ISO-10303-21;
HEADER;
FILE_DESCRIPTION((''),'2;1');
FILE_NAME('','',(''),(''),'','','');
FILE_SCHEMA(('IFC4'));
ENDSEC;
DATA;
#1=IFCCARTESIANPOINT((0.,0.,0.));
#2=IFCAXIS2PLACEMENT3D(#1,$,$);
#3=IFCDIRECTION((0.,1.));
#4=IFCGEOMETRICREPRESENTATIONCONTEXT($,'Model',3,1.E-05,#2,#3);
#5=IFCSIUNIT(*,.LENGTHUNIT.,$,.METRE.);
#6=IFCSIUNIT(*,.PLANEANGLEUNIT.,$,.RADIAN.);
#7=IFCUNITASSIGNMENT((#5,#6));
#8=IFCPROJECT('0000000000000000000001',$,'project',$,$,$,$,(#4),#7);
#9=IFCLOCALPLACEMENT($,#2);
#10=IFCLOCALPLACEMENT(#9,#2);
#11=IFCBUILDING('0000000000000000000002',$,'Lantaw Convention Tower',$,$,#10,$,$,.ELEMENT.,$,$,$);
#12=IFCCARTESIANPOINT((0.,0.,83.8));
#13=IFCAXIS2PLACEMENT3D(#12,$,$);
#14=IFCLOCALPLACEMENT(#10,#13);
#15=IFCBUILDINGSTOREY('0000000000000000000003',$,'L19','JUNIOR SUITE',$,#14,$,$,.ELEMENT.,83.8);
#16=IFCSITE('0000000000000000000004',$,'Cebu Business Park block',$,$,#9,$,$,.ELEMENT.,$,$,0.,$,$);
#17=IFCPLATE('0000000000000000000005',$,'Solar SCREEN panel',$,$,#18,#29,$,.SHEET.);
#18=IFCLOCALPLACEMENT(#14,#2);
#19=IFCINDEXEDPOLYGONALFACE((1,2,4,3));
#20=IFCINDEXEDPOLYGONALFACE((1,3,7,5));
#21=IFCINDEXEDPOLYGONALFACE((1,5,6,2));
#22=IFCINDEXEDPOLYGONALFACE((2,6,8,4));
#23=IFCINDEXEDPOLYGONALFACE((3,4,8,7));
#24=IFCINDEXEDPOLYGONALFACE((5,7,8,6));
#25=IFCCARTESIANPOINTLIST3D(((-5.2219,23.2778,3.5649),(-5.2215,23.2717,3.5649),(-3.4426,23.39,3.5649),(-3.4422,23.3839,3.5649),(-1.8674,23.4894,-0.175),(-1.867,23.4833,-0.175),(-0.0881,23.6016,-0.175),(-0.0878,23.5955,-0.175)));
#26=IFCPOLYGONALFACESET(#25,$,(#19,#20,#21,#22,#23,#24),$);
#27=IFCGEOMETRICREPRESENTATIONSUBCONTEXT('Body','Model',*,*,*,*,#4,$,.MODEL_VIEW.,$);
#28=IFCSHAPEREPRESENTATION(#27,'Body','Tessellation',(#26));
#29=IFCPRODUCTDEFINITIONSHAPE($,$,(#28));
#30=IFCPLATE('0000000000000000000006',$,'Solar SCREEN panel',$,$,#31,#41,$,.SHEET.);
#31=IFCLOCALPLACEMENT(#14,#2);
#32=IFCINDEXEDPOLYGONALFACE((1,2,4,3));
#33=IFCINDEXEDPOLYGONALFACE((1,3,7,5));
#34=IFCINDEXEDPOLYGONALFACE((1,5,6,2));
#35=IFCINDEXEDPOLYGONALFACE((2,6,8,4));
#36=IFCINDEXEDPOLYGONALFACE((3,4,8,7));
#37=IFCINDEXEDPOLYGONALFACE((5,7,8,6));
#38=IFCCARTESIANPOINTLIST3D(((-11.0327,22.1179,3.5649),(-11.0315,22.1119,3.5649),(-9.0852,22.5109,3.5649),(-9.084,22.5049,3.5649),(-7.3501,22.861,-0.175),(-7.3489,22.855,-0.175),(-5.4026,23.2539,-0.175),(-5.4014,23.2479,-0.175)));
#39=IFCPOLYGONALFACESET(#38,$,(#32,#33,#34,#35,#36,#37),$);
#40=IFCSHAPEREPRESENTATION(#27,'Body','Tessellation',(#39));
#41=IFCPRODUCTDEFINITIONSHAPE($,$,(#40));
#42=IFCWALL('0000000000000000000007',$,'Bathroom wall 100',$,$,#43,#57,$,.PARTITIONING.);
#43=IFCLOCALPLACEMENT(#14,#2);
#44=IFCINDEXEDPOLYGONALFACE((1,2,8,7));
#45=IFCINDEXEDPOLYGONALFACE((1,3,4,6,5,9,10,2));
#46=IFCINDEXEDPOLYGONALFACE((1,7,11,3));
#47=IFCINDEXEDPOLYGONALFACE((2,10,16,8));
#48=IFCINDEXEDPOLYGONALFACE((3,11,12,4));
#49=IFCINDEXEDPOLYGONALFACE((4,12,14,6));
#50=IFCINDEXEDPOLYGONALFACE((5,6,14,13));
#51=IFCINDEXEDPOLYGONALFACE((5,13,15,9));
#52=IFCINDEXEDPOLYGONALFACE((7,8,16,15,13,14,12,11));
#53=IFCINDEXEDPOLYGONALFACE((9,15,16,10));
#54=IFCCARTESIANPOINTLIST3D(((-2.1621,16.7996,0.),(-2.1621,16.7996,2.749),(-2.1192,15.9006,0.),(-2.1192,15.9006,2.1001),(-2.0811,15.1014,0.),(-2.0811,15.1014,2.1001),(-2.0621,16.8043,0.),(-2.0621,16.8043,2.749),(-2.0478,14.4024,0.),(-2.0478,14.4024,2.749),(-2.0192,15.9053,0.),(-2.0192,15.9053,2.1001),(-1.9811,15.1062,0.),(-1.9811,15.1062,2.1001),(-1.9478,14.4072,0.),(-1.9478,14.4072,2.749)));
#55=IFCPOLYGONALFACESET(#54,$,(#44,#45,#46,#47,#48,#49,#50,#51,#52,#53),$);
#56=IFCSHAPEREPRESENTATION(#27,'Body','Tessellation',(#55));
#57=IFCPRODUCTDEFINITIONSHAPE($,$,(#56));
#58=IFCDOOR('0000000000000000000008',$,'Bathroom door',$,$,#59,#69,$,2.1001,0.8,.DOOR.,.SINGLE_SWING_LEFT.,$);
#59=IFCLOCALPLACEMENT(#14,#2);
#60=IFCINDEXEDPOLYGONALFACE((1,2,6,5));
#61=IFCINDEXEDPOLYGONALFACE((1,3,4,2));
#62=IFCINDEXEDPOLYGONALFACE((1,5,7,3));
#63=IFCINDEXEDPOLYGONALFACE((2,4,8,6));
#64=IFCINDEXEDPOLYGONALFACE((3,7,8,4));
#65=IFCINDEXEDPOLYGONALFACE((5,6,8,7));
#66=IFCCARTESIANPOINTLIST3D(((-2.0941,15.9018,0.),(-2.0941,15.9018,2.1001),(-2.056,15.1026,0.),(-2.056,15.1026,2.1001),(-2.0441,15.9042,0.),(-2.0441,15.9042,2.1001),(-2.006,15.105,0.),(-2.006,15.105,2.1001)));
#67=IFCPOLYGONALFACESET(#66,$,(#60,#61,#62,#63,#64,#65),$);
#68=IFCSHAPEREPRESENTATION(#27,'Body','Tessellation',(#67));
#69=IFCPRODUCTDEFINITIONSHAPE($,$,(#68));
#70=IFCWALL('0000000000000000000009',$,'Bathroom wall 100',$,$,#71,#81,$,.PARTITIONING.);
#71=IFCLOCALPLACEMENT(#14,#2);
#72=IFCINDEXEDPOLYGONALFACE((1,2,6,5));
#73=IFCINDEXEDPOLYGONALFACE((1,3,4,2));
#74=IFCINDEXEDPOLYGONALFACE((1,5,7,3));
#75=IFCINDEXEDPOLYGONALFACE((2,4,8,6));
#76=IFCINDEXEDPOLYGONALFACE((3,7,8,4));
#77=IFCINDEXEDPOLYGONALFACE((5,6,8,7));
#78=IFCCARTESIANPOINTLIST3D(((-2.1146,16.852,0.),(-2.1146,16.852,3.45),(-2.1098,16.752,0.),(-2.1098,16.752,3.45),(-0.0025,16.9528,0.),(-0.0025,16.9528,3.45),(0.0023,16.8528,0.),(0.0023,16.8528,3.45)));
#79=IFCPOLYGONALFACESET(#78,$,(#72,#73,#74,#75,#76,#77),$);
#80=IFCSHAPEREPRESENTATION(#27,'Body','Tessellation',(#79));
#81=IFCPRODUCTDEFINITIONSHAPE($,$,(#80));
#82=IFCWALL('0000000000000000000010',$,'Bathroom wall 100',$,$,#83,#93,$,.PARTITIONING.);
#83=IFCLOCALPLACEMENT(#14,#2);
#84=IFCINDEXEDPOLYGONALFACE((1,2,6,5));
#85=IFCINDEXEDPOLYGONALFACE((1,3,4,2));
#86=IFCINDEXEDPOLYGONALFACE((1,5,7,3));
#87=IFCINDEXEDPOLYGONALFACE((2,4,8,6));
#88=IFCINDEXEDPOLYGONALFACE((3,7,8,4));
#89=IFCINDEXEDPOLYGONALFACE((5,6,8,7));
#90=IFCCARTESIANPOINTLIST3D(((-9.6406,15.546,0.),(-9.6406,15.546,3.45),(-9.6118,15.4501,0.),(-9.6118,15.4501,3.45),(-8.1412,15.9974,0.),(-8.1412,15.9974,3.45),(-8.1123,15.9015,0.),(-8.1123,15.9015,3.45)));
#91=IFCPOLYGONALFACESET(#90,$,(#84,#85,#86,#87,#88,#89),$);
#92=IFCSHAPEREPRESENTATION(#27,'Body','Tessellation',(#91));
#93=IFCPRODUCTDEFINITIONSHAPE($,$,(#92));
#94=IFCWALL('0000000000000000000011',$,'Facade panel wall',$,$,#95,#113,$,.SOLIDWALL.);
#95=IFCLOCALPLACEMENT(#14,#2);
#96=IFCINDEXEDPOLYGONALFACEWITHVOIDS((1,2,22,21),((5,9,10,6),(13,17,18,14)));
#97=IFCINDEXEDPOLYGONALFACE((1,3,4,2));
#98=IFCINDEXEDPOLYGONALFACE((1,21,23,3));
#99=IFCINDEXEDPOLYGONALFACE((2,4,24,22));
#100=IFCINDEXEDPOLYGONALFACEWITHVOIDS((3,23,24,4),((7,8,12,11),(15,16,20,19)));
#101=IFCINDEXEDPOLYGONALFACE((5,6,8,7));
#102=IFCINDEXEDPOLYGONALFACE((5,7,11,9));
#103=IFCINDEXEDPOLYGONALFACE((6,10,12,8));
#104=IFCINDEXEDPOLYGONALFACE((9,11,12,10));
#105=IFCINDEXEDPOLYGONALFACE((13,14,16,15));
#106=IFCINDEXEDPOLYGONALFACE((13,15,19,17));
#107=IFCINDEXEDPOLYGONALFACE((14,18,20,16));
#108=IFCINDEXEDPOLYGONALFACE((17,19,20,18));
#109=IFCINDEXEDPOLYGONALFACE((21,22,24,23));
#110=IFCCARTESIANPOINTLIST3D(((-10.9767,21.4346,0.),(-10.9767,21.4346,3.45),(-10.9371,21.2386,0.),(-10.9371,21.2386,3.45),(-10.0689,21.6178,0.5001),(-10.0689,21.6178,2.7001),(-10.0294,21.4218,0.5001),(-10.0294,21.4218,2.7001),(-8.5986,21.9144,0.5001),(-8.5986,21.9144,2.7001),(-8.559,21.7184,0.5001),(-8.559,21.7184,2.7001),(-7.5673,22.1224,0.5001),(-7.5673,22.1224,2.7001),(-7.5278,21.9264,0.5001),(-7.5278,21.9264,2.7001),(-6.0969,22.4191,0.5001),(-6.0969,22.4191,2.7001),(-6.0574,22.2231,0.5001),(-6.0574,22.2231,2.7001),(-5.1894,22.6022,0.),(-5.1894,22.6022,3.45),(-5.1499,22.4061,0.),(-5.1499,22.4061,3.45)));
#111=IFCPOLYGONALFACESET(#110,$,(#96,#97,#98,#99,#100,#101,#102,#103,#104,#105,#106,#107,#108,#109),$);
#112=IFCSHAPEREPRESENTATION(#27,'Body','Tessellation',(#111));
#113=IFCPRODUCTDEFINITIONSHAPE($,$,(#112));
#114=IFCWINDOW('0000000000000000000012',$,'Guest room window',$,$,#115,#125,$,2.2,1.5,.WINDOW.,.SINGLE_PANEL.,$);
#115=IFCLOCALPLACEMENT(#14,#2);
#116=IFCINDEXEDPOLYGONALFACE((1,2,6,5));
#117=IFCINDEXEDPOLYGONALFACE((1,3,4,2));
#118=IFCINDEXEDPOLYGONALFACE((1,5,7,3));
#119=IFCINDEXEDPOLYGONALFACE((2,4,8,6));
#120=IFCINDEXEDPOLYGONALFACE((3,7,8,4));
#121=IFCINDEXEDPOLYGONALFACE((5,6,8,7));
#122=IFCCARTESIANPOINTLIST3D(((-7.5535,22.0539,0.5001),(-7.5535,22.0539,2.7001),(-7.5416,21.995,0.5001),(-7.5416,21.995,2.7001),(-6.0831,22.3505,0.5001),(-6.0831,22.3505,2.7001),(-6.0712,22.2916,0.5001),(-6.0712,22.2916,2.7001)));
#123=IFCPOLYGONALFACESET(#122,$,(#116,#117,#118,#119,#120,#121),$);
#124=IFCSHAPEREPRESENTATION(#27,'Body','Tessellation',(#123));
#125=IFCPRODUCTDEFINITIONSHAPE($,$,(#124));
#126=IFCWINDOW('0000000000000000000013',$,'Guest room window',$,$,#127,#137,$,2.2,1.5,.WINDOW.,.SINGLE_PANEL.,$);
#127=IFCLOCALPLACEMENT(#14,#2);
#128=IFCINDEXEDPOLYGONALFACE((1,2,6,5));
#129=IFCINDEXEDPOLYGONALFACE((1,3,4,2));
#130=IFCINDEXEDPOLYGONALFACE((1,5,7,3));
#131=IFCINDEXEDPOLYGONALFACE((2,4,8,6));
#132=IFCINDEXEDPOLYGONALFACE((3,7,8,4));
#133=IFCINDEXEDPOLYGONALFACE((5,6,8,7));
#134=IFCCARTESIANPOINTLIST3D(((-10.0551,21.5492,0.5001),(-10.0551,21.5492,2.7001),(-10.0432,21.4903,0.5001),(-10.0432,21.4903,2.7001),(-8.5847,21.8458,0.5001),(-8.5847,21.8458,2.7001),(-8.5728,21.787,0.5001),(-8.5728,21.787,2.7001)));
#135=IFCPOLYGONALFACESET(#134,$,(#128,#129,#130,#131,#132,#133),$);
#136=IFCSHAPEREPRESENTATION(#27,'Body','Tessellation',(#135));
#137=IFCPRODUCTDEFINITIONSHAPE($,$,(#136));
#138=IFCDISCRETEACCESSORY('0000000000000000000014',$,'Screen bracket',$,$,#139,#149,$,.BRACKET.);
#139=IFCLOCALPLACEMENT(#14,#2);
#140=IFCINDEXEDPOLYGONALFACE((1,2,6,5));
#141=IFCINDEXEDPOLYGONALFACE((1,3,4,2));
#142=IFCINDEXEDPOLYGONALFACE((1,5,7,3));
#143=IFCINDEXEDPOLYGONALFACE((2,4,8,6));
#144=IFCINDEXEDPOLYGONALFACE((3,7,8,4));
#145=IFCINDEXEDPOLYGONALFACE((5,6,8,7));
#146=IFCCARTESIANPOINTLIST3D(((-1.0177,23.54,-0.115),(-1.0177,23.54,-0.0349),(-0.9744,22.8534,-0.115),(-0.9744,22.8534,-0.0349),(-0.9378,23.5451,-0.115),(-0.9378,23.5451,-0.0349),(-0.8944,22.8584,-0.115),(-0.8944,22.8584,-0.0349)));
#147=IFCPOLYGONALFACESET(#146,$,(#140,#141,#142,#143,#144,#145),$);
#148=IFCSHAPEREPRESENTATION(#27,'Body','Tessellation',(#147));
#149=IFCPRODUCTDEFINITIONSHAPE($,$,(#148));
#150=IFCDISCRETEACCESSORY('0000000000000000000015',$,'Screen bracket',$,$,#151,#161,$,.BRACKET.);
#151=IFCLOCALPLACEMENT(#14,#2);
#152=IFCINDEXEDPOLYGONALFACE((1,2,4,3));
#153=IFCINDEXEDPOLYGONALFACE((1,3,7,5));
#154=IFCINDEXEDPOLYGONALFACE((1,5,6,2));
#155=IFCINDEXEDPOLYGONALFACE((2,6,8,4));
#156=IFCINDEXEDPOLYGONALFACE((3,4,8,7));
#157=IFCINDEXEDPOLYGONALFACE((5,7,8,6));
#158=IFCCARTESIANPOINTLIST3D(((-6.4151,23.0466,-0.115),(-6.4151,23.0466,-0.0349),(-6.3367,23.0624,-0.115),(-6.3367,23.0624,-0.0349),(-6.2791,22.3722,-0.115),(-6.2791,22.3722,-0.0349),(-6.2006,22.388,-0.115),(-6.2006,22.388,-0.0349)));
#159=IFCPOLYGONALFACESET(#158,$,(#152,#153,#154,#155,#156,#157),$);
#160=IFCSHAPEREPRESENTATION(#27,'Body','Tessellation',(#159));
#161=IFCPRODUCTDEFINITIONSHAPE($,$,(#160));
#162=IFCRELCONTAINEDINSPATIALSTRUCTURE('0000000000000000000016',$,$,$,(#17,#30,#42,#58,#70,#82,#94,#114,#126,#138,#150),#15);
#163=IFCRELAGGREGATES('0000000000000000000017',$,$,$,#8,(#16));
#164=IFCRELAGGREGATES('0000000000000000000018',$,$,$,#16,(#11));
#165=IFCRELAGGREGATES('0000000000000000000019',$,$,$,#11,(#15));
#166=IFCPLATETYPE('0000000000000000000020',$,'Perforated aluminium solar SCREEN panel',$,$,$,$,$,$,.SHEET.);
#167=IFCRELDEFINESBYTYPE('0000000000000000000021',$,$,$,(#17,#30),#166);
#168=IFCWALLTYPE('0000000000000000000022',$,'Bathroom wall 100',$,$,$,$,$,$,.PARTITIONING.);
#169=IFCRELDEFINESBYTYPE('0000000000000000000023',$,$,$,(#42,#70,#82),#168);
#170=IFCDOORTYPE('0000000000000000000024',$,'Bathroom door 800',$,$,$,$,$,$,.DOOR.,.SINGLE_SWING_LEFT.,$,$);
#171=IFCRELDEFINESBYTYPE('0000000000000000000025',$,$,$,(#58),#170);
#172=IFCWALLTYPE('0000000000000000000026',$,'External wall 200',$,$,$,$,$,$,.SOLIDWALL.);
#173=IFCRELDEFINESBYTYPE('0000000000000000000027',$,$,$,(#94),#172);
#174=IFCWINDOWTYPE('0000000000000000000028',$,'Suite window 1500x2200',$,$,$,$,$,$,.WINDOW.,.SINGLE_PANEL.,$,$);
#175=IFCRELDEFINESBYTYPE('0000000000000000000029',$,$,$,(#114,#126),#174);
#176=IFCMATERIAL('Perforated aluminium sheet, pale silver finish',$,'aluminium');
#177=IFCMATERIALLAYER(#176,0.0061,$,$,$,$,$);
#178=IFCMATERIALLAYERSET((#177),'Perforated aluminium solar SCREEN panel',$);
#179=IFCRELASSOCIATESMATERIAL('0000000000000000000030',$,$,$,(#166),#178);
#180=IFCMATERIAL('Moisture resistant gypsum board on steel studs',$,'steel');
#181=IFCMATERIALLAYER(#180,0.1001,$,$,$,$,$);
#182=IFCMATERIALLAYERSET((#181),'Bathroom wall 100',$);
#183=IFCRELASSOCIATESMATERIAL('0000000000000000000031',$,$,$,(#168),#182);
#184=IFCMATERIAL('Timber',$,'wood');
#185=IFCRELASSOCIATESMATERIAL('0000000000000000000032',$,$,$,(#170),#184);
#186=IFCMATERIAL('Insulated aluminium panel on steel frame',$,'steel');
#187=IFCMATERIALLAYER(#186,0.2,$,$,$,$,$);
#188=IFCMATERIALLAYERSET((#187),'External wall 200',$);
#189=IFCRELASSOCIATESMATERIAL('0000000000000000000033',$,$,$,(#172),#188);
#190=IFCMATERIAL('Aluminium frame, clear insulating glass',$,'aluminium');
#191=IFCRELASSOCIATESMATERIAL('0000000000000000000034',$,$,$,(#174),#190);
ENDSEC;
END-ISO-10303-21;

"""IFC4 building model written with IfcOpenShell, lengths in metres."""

from ifc_helpers import new_model, si_unit, direction, frame, frame_2d, origin, origin_2d, place, context, subcontext, project, spatial, polyline, rectangle, outline, extrude, material, layer, layer_set, type_object, element, fill, save


model = new_model("IFC4")

# Units and contexts
model_context = context("Model", 3, precision=1e-05, world=origin(), true_north=direction((0.0, 1.0)))
body_context = subcontext(model_context, "Body", "Model", "MODEL_VIEW")
ifc_project = project(units=[si_unit("LENGTHUNIT", "METRE"), si_unit("PLANEANGLEUNIT", "RADIAN")], contexts=[model_context])

# Site, building, storey
site_placement = place(None, origin())
site = spatial("IfcSite", under=ifc_project, at=site_placement, Name="Cebu Business Park block", CompositionType="ELEMENT", RefElevation=0.0)
building_placement = place(site_placement, origin())
building = spatial("IfcBuilding", under=site, at=building_placement, Name="Lantaw Convention Tower", CompositionType="ELEMENT")
storey_placement = place(building_placement, frame((0.0, 0.0, 83.8)))
storey = spatial("IfcBuildingStorey", under=building, at=storey_placement, Name="L19", Description="JUNIOR SUITE", CompositionType="ELEMENT", Elevation=83.8)

# Plates
ifc_material_1 = material(Name="Perforated aluminium sheet, pale silver finish", Category="aluminium")
ifc_layer_1 = layer(ifc_material_1, 0.0061)
ifc_layer_set_1 = layer_set([ifc_layer_1], Name="Perforated aluminium solar SCREEN panel")
plate_type = type_object("IfcPlateType", Name="Perforated aluminium solar SCREEN panel", PredefinedType="SHEET", material=ifc_layer_set_1)
plate_1_placement = place(storey_placement, frame((-0.0881, 23.6016, -0.175), z_axis=(-0.062924, 0.998018, 0.000014), x_axis=(-0.998018, -0.062924, 0.0)))
element("IfcPlate", 1, at=plate_1_placement, inside=storey, type_object=plate_type, Name="Solar SCREEN panel", PredefinedType="SHEET", context=body_context, shape_type="SweptSolid", body=[
    extrude(outline(polyline([(0.0, 0.0), (1.7828, 0.0), (5.144, 3.74), (3.3611, 3.74), (0.0, 0.0)])), origin(), (0.0, 0.0, -1.0), 0.0061),
])
plate_2_placement = place(storey_placement, frame((-5.4026, 23.2539, -0.175), z_axis=(-0.197782, 0.980246, 0.000002), x_axis=(-0.980246, -0.197782, 0.0)))
element("IfcPlate", 2, at=plate_2_placement, inside=storey, type_object=plate_type, Name="Solar SCREEN panel", PredefinedType="SHEET", context=body_context, shape_type="SweptSolid", body=[
    extrude(outline(polyline([(0.0, 0.0), (1.9867, 0.0), (5.7436, 3.74), (3.7568, 3.74), (0.0, 0.0)])), origin(), (0.0, 0.0, -1.0), 0.0061),
])

# Wall, opening, door
ifc_material_2 = material(Name="Moisture resistant gypsum board on steel studs", Category="steel")
ifc_layer_2 = layer(ifc_material_2, 0.1001)
ifc_layer_set_2 = layer_set([ifc_layer_2], Name="Bathroom wall 100")
wall_type_1 = type_object("IfcWallType", Name="Bathroom wall 100", PredefinedType="PARTITIONING", material=ifc_layer_set_2)
wall_1_placement = place(storey_placement, frame((-1.9978, 14.4048, 0.0), z_axis=(0.0, 0.0, 1.0), x_axis=(-0.047609, 0.998866, 0.0)))
wall_1 = element("IfcWall", 3, at=wall_1_placement, inside=storey, type_object=wall_type_1, Name="Bathroom wall 100", PredefinedType="PARTITIONING", context=body_context, shape_type="SweptSolid", body=[
    extrude(rectangle(XDim=2.3999, YDim=0.1001, at=frame_2d((1.2, 0.0))), origin(), (0.0, 0.0, 1.0), 2.749),
])
opening_1_placement = place(wall_1_placement, frame((0.7, 0.0, 0.0)))
opening_1 = element("IfcOpeningElement", 4, at=opening_1_placement, cuts=wall_1, PredefinedType="OPENING", context=body_context, shape_type="SweptSolid", body=[
    extrude(rectangle(XDim=0.8, YDim=2.1001, at=frame_2d((0.3999, 1.05))), frame((0.0, 0.0601, 0.0), z_axis=(0.0, -1.0, 0.0), x_axis=(1.0, 0.0, 0.0)), (0.0, 0.0, 1.0), 0.1201),
])
ifc_material_3 = material(Name="Timber", Category="wood")
door_type = type_object("IfcDoorType", Name="Bathroom door 800", OperationType="SINGLE_SWING_LEFT", PredefinedType="DOOR", material=ifc_material_3)
door_placement = place(opening_1_placement, origin())
door = element("IfcDoor", 5, at=door_placement, inside=storey, type_object=door_type, Name="Bathroom door", OperationType="SINGLE_SWING_LEFT", OverallHeight=2.1001, OverallWidth=0.8, PredefinedType="DOOR", context=body_context, shape_type="SweptSolid", body=[
    extrude(rectangle(XDim=0.8, YDim=2.1001, at=frame_2d((0.3999, 1.05))), frame((0.0, 0.0249, 0.0), z_axis=(0.0, -1.0, 0.0), x_axis=(1.0, 0.0, 0.0)), (0.0, 0.0, 1.0), 0.05),
])
fill(opening_1, door)

# Walls
wall_2_placement = place(storey_placement, frame((-2.1121, 16.802, 0.0), z_axis=(0.0, 0.0, 1.0), x_axis=(0.998862, 0.047686, 0.0)))
element("IfcWall", 6, at=wall_2_placement, inside=storey, type_object=wall_type_1, Name="Bathroom wall 100", PredefinedType="PARTITIONING", context=body_context, shape_type="SweptSolid", body=[
    extrude(rectangle(XDim=2.1145, YDim=0.1001, at=frame_2d((1.0571, 0.0))), origin(), (0.0, 0.0, 1.0), 3.45),
])
wall_3_placement = place(storey_placement, frame((-9.6262, 15.498, 0.0), z_axis=(0.0, 0.0, 1.0), x_axis=(0.957551, 0.288263, 0.0)))
element("IfcWall", 7, at=wall_3_placement, inside=storey, type_object=wall_type_1, Name="Bathroom wall 100", PredefinedType="PARTITIONING", context=body_context, shape_type="SweptSolid", body=[
    extrude(rectangle(XDim=1.5659, YDim=0.1001, at=frame_2d((0.783, 0.0))), origin(), (0.0, 0.0, 1.0), 3.45),
])

# Wall, openings, windows
ifc_material_4 = material(Name="Insulated aluminium panel on steel frame", Category="steel")
ifc_layer_3 = layer(ifc_material_4, 0.2)
ifc_layer_set_3 = layer_set([ifc_layer_3], Name="External wall 200")
wall_type_2 = type_object("IfcWallType", Name="External wall 200", PredefinedType="SOLIDWALL", material=ifc_layer_set_3)
wall_4_placement = place(storey_placement, frame((-5.1697, 22.5042, 0.0), z_axis=(0.0, 0.0, 1.0), x_axis=(-0.980252, -0.197754, 0.0)))
wall_4 = element("IfcWall", 8, at=wall_4_placement, inside=storey, type_object=wall_type_2, Name="Facade panel wall", PredefinedType="SOLIDWALL", context=body_context, shape_type="SweptSolid", body=[
    extrude(rectangle(XDim=5.9038, YDim=0.2, at=frame_2d((2.9519, 0.0))), origin(), (0.0, 0.0, 1.0), 3.45),
])
opening_2_placement = place(wall_4_placement, frame((0.9258, 0.0, 0.5)))
opening_2 = element("IfcOpeningElement", 9, at=opening_2_placement, cuts=wall_4, PredefinedType="OPENING", context=body_context, shape_type="SweptSolid", body=[
    extrude(rectangle(XDim=1.5, YDim=2.2, at=frame_2d((0.75, 1.1001))), frame((0.0, 0.1099, 0.0), z_axis=(0.0, -1.0, 0.0), x_axis=(1.0, 0.0, 0.0)), (0.0, 0.0, 1.0), 0.22),
])
opening_3_placement = place(wall_4_placement, frame((3.4778, 0.0, 0.5)))
opening_3 = element("IfcOpeningElement", 10, at=opening_3_placement, cuts=wall_4, PredefinedType="OPENING", context=body_context, shape_type="SweptSolid", body=[
    extrude(rectangle(XDim=1.5, YDim=2.2, at=frame_2d((0.75, 1.1001))), frame((0.0, 0.1099, 0.0), z_axis=(0.0, -1.0, 0.0), x_axis=(1.0, 0.0, 0.0)), (0.0, 0.0, 1.0), 0.22),
])
ifc_material_5 = material(Name="Aluminium frame, clear insulating glass", Category="aluminium")
window_type = type_object("IfcWindowType", Name="Suite window 1500x2200", PartitioningType="SINGLE_PANEL", PredefinedType="WINDOW", material=ifc_material_5)
window_1_placement = place(opening_2_placement, origin())
window_1 = element("IfcWindow", 11, at=window_1_placement, inside=storey, type_object=window_type, Name="Guest room window", OverallHeight=2.2, OverallWidth=1.5, PartitioningType="SINGLE_PANEL", PredefinedType="WINDOW", context=body_context, shape_type="SweptSolid", body=[
    extrude(rectangle(XDim=1.5, YDim=2.2, at=frame_2d((0.75, 1.1001))), frame((0.0, 0.03, 0.0), z_axis=(0.0, -1.0, 0.0), x_axis=(1.0, 0.0, 0.0)), (0.0, 0.0, 1.0), 0.0601),
])
fill(opening_2, window_1)
window_2_placement = place(opening_3_placement, origin())
window_2 = element("IfcWindow", 12, at=window_2_placement, inside=storey, type_object=window_type, Name="Guest room window", OverallHeight=2.2, OverallWidth=1.5, PartitioningType="SINGLE_PANEL", PredefinedType="WINDOW", context=body_context, shape_type="SweptSolid", body=[
    extrude(rectangle(XDim=1.5, YDim=2.2, at=frame_2d((0.75, 1.1001))), frame((0.0, 0.03, 0.0), z_axis=(0.0, -1.0, 0.0), x_axis=(1.0, 0.0, 0.0)), (0.0, 0.0, 1.0), 0.0601),
])
fill(opening_3, window_2)

# Discrete accessories
for number, where, z_axis, x_axis, name in (
    (13, (-0.9561, 23.1992, -0.115), (0.0, 0.0, 1.0), (-0.998016, -0.062958, 0.0), "Screen bracket"),
    (14, (-6.3079, 22.7173, -0.115), (0.0, 0.0, 1.0), (-0.980245, -0.197789, 0.0), "Screen bracket"),
):
    element("IfcDiscreteAccessory", number, at=place(storey_placement, frame(where, z_axis=z_axis, x_axis=x_axis)), inside=storey, Name=name, PredefinedType="BRACKET", context=body_context, shape_type="SweptSolid", body=[
        extrude(rectangle(XDim=0.0801, YDim=0.688, at=origin_2d()), origin(), (0.0, 0.0, 1.0), 0.0801),
    ])

save(model, "model.ifc")
